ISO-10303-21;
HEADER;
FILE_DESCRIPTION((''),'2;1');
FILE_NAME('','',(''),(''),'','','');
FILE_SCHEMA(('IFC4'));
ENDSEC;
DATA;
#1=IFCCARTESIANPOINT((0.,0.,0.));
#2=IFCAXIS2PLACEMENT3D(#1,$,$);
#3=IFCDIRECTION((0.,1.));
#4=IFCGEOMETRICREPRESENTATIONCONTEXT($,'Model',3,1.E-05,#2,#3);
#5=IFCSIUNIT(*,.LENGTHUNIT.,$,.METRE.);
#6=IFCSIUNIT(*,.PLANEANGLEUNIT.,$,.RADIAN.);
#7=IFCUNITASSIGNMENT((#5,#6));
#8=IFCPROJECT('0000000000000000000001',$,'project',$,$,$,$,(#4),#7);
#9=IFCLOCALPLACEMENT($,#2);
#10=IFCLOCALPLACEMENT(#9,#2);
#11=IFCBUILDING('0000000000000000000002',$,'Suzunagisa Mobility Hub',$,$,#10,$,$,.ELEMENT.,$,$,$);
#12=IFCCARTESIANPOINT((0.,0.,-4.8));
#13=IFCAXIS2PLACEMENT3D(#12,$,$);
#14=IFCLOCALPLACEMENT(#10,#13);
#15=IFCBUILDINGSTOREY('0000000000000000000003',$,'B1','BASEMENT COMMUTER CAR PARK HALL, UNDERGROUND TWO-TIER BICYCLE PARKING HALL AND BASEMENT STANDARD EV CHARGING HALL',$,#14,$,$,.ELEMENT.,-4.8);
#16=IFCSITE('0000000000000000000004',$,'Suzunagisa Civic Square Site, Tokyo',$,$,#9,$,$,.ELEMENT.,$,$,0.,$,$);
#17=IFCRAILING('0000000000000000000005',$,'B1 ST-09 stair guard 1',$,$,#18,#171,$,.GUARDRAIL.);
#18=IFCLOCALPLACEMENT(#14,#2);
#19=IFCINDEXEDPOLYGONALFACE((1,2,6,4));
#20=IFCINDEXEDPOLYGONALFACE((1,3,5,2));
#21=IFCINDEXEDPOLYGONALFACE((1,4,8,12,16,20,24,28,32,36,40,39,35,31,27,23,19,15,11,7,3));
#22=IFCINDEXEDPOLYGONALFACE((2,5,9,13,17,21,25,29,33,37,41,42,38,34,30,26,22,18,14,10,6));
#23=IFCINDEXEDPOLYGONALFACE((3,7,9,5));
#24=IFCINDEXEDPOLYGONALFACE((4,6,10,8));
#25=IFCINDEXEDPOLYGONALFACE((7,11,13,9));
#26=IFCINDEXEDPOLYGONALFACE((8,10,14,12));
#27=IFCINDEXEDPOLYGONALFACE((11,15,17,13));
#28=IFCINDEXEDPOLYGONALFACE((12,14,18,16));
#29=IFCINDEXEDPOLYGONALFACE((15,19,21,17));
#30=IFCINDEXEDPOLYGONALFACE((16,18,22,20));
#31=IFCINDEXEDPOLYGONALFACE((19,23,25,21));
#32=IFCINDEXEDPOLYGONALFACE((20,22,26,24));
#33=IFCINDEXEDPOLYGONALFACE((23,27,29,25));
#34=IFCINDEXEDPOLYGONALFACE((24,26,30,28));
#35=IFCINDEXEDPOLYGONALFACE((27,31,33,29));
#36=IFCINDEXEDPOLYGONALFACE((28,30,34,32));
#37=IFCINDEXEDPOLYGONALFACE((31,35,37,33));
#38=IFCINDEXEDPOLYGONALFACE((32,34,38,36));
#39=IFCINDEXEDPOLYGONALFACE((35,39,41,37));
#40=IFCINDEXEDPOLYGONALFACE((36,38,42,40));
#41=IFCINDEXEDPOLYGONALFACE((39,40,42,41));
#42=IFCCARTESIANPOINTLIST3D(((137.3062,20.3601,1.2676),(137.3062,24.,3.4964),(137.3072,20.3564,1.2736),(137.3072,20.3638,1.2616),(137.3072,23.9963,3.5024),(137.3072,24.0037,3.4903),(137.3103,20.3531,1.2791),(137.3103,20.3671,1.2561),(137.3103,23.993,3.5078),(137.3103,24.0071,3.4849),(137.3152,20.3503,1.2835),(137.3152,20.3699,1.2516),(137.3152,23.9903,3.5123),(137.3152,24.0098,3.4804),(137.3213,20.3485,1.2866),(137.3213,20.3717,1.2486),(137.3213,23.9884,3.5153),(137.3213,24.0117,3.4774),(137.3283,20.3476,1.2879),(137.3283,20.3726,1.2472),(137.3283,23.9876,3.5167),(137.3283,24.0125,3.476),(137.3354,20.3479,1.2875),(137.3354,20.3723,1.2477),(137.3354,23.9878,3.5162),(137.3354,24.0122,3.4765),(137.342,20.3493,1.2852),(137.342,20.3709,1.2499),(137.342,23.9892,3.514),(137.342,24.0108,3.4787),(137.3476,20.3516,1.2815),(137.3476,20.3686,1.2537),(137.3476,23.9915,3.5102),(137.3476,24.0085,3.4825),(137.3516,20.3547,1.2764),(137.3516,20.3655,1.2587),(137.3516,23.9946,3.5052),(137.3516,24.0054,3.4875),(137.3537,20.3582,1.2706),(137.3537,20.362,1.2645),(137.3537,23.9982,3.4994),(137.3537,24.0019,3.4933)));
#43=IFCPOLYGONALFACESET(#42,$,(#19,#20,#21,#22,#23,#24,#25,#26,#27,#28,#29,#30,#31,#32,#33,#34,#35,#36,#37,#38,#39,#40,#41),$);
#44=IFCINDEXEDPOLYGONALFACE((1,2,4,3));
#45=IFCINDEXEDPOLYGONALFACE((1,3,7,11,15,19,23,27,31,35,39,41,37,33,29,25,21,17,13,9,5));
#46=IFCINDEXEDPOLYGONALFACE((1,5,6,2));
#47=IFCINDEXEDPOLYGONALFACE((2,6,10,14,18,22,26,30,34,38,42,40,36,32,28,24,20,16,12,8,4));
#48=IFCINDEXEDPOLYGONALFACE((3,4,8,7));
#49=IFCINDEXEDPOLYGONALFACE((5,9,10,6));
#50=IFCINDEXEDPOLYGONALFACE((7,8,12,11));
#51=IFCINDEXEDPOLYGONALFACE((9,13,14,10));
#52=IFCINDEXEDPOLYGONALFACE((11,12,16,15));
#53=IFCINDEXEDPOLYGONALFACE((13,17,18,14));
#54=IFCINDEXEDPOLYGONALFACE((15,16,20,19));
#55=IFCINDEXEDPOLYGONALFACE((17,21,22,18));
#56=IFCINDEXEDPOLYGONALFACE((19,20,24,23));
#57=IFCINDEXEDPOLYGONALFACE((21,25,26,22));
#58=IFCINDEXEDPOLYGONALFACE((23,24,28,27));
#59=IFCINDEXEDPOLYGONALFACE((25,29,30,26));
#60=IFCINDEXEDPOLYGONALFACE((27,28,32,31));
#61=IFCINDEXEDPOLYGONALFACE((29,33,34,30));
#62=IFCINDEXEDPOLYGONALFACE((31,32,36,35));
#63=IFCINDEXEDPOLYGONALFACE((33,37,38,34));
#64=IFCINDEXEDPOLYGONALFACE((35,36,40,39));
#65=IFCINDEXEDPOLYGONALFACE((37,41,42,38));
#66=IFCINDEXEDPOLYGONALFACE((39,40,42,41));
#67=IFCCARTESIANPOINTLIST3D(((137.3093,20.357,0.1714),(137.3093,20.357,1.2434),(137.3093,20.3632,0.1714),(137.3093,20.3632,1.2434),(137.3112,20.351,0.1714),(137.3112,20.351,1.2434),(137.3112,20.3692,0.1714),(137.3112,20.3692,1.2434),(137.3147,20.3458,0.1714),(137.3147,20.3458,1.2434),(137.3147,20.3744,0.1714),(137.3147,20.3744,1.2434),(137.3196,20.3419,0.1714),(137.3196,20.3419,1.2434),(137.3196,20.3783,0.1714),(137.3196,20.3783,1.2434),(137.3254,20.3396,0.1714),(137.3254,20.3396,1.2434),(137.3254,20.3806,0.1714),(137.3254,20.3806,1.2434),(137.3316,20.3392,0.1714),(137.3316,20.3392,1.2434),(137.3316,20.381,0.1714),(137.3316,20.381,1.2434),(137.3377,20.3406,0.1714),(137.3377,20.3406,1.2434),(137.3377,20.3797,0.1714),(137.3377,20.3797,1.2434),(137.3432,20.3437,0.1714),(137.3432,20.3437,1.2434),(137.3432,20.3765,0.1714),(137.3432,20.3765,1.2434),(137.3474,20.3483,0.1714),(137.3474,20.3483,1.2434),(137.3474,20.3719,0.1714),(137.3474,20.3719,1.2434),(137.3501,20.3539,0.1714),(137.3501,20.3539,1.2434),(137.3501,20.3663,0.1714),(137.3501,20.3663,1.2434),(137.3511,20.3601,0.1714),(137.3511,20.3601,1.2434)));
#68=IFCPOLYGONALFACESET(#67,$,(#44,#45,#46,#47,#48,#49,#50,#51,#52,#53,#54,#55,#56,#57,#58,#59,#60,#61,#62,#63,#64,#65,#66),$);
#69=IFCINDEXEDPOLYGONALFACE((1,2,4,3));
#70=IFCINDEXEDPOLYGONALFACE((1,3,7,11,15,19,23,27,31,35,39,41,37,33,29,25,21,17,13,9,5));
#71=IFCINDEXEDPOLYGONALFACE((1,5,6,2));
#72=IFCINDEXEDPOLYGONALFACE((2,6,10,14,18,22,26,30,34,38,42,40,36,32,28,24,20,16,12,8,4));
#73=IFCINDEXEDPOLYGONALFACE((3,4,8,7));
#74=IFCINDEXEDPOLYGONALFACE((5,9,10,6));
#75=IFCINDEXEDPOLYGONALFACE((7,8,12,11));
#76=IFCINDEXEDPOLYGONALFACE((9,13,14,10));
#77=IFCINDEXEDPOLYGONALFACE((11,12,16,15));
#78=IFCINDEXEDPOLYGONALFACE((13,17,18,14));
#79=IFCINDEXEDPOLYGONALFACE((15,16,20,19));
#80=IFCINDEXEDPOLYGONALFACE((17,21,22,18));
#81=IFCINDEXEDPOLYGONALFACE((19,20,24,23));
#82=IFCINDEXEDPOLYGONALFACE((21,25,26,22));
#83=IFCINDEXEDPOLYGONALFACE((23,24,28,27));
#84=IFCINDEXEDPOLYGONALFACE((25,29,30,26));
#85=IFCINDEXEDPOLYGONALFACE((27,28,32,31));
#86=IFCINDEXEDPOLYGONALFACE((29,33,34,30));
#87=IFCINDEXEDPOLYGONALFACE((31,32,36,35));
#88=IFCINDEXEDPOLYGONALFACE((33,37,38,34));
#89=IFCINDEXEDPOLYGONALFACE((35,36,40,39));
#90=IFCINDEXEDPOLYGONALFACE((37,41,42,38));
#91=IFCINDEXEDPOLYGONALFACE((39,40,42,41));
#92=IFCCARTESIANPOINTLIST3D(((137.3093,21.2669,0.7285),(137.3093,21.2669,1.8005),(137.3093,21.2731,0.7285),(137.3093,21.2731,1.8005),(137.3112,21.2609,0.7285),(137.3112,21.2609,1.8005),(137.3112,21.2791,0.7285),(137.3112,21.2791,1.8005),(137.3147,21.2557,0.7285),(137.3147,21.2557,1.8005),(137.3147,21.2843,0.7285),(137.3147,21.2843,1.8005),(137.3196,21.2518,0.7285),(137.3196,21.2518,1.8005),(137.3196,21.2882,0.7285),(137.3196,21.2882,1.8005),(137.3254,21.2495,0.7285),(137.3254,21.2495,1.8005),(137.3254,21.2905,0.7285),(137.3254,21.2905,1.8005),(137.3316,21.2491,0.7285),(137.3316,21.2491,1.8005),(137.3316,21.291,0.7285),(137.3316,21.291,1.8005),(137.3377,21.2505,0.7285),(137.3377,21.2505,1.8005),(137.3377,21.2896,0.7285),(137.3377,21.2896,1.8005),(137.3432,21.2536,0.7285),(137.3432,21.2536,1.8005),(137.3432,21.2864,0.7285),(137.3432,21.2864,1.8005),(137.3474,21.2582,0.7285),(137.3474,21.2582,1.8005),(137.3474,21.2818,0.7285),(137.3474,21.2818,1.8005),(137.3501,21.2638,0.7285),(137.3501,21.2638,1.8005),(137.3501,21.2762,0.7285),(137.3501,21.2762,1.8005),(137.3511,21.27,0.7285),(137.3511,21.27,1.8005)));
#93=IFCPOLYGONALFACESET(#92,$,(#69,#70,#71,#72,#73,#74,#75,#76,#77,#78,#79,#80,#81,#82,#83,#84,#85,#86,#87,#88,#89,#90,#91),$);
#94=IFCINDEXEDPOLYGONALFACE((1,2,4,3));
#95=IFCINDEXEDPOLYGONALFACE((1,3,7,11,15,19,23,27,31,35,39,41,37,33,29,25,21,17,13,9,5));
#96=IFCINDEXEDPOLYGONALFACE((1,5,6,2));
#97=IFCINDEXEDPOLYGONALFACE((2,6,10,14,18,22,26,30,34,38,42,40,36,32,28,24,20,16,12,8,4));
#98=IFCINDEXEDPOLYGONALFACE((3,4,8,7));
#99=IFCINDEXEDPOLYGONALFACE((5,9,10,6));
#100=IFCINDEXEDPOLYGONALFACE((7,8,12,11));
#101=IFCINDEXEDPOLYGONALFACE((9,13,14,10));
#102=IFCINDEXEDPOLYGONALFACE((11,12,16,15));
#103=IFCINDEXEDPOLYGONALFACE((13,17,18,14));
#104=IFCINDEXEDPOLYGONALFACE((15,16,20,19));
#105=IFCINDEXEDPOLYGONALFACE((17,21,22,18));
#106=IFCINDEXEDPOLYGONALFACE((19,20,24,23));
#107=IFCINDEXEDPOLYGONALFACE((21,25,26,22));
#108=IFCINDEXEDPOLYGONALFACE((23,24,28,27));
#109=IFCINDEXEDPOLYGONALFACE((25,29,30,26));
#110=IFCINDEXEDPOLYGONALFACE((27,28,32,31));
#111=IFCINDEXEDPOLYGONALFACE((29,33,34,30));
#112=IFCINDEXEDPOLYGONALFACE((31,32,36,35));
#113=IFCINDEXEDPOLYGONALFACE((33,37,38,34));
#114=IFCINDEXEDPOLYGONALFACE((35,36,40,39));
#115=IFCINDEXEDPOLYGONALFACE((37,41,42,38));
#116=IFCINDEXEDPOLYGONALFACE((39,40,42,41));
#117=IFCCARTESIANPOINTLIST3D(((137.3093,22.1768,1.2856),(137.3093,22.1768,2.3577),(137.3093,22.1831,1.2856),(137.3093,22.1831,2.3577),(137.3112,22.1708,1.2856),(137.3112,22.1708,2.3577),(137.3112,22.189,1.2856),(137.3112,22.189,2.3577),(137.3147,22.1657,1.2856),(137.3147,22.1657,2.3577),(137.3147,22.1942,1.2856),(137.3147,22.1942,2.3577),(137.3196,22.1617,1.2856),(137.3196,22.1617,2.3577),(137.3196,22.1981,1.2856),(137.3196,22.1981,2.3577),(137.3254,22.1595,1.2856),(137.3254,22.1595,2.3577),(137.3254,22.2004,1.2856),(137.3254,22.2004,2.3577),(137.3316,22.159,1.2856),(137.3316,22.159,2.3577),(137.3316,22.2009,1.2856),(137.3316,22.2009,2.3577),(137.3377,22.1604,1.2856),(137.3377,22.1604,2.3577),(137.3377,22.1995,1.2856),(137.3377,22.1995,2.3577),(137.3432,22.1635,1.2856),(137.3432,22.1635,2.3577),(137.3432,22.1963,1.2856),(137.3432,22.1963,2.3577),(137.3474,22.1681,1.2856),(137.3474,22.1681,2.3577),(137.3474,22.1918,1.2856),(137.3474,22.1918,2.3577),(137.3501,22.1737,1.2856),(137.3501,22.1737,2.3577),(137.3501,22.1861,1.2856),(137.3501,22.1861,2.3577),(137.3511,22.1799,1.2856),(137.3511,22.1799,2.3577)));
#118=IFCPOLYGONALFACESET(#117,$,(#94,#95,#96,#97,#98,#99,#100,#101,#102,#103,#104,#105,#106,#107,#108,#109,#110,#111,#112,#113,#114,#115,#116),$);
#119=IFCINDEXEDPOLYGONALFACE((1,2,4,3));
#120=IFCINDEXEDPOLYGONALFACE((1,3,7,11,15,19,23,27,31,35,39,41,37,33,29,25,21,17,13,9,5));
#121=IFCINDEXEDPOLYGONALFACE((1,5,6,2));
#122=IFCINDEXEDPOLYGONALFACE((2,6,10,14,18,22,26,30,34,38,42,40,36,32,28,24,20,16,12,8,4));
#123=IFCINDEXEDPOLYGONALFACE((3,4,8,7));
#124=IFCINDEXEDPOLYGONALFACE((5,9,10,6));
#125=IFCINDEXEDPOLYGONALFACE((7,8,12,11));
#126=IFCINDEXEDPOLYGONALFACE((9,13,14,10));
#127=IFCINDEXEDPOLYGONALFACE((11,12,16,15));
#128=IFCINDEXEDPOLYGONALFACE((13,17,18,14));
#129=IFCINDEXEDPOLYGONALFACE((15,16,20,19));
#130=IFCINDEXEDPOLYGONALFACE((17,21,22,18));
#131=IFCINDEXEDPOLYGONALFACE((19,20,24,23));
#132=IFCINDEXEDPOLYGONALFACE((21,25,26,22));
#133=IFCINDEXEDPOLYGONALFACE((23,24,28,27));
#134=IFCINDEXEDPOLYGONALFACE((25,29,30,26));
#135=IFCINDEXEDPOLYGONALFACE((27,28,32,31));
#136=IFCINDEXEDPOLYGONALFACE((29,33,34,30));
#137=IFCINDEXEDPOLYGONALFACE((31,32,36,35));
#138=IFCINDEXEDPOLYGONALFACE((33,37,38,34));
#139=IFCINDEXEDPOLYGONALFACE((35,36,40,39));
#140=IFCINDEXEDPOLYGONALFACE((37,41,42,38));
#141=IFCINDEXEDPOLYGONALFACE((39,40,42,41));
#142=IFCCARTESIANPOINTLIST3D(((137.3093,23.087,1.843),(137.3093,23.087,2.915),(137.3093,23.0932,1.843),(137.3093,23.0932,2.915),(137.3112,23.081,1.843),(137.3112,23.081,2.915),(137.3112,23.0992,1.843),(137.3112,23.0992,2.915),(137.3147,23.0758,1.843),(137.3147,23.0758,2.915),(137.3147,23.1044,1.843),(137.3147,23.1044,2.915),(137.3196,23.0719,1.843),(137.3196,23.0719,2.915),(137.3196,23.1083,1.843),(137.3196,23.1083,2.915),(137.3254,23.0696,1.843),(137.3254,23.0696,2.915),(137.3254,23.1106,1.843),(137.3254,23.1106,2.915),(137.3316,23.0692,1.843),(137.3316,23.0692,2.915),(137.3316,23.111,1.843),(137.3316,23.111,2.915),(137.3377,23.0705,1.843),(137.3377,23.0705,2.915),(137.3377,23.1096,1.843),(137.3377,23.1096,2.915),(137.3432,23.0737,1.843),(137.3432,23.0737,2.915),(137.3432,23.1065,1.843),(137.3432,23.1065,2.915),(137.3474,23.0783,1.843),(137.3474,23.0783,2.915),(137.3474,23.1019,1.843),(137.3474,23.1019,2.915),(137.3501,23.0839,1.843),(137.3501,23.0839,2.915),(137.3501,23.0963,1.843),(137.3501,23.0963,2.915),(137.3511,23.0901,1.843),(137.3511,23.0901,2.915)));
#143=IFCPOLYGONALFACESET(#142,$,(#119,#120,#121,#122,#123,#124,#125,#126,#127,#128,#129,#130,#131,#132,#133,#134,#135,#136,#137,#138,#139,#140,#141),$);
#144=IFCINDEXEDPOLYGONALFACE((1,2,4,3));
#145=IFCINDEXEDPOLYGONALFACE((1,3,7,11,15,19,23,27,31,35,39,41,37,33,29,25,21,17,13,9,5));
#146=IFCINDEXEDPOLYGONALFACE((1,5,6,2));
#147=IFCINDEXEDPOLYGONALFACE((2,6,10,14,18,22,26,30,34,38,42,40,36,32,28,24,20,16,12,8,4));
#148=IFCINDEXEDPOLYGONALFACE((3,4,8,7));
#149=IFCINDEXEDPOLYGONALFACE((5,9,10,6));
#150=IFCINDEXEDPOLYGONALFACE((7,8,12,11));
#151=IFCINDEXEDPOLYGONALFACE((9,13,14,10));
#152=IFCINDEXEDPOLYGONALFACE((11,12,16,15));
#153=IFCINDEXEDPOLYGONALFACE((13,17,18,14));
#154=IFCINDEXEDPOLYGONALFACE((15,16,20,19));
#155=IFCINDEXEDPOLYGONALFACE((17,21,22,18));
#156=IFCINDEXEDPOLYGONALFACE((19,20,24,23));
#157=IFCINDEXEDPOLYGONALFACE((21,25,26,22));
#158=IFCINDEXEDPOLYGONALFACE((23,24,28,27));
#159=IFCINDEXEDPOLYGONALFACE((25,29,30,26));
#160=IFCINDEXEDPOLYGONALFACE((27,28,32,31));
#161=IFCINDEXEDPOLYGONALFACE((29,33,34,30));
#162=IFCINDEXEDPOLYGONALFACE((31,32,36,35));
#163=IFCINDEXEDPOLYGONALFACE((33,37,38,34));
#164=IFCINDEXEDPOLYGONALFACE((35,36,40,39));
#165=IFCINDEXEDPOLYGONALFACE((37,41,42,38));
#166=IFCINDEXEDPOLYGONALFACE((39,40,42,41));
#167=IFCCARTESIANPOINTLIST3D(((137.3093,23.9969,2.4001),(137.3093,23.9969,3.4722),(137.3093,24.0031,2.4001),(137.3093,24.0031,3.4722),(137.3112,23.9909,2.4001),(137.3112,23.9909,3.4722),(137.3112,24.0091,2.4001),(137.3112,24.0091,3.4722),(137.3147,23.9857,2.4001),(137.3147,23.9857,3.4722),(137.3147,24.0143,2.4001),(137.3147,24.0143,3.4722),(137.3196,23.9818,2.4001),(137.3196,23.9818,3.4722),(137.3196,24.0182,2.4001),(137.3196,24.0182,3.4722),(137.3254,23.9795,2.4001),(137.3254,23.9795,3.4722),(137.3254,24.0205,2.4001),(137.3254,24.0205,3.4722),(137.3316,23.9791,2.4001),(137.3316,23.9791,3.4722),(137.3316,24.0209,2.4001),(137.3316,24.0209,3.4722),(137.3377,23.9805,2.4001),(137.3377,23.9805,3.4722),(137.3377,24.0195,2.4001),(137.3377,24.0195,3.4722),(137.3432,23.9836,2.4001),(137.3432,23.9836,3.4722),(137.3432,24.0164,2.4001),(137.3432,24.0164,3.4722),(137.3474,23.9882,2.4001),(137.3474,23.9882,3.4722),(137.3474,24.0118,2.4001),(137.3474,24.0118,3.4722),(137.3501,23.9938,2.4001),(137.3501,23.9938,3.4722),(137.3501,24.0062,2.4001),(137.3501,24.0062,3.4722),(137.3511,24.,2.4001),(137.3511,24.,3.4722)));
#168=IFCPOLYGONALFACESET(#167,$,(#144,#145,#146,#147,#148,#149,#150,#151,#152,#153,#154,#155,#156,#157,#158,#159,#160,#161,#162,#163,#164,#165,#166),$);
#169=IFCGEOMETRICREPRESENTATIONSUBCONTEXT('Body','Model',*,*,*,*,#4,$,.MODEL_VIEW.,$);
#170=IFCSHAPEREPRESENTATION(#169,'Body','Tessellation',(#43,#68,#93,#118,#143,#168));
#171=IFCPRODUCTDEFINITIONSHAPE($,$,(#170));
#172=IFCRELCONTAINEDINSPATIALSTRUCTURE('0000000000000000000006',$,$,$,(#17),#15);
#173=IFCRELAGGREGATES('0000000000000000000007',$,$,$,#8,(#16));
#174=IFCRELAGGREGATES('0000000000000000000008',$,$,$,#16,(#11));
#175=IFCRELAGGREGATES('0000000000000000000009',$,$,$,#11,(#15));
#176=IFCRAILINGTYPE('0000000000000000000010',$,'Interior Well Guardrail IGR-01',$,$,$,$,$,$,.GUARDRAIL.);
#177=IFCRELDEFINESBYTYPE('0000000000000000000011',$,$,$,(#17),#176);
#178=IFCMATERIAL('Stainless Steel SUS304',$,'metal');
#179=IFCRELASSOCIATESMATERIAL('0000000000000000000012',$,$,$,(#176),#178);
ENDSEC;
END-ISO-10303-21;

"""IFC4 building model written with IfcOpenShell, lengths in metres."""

from ifc_helpers import new_model, si_unit, direction, frame, origin, origin_2d, place, context, subcontext, project, spatial, circle, extrude, material, type_object, element, save


model = new_model("IFC4")

# Units and contexts
model_context = context("Model", 3, precision=1e-05, world=origin(), true_north=direction((0.0, 1.0)))
body_context = subcontext(model_context, "Body", "Model", "MODEL_VIEW")
ifc_project = project(units=[si_unit("LENGTHUNIT", "METRE"), si_unit("PLANEANGLEUNIT", "RADIAN")], contexts=[model_context])

# Site, building, storey
site_placement = place(None, origin())
site = spatial("IfcSite", under=ifc_project, at=site_placement, Name="Suzunagisa Civic Square Site, Tokyo", CompositionType="ELEMENT", RefElevation=0.0)
building_placement = place(site_placement, origin())
building = spatial("IfcBuilding", under=site, at=building_placement, Name="Suzunagisa Mobility Hub", CompositionType="ELEMENT")
storey_placement = place(building_placement, frame((0.0, 0.0, -4.8)))
storey = spatial("IfcBuildingStorey", under=building, at=storey_placement, Name="B1", Description="BASEMENT COMMUTER CAR PARK HALL, UNDERGROUND TWO-TIER BICYCLE PARKING HALL AND BASEMENT STANDARD EV CHARGING HALL", CompositionType="ELEMENT", Elevation=-4.8)

# Railing
ifc_material_1 = material(Name="Stainless Steel SUS304", Category="metal")
railing_type_1 = type_object("IfcRailingType", Name="Interior Well Guardrail IGR-01", PredefinedType="GUARDRAIL", material=ifc_material_1)
railing_1_placement = place(storey_placement, frame((137.3301, 20.3601, 0.1714)))
element("IfcRailing", 1, at=railing_1_placement, inside=storey, type_object=railing_type_1, Name="B1 ST-09 stair guard 1", PredefinedType="GUARDRAIL", context=body_context, shape_type="SweptSolid", body=[
    extrude(circle(Radius=0.0239, at=origin_2d()), frame((0.0, 0.0, 1.0962), z_axis=(0.0, 0.852825, 0.522197), x_axis=(-1.0, 0.0, 0.0)), (0.0, 0.0, 1.0), 4.2681),
    extrude(circle(Radius=0.021, at=origin_2d()), origin(), (0.0, 0.0, 1.0), 1.072),
    extrude(circle(Radius=0.021, at=origin_2d()), frame((0.0, 0.9099, 0.5571)), (0.0, 0.0, 1.0), 1.072),
    extrude(circle(Radius=0.021, at=origin_2d()), frame((0.0, 1.8198, 1.1143)), (0.0, 0.0, 1.0), 1.072),
    extrude(circle(Radius=0.021, at=origin_2d()), frame((0.0, 2.73, 1.6716)), (0.0, 0.0, 1.0), 1.072),
    extrude(circle(Radius=0.021, at=origin_2d()), frame((0.0, 3.6399, 2.2288)), (0.0, 0.0, 1.0), 1.072),
])

save(model, "model.ifc")
